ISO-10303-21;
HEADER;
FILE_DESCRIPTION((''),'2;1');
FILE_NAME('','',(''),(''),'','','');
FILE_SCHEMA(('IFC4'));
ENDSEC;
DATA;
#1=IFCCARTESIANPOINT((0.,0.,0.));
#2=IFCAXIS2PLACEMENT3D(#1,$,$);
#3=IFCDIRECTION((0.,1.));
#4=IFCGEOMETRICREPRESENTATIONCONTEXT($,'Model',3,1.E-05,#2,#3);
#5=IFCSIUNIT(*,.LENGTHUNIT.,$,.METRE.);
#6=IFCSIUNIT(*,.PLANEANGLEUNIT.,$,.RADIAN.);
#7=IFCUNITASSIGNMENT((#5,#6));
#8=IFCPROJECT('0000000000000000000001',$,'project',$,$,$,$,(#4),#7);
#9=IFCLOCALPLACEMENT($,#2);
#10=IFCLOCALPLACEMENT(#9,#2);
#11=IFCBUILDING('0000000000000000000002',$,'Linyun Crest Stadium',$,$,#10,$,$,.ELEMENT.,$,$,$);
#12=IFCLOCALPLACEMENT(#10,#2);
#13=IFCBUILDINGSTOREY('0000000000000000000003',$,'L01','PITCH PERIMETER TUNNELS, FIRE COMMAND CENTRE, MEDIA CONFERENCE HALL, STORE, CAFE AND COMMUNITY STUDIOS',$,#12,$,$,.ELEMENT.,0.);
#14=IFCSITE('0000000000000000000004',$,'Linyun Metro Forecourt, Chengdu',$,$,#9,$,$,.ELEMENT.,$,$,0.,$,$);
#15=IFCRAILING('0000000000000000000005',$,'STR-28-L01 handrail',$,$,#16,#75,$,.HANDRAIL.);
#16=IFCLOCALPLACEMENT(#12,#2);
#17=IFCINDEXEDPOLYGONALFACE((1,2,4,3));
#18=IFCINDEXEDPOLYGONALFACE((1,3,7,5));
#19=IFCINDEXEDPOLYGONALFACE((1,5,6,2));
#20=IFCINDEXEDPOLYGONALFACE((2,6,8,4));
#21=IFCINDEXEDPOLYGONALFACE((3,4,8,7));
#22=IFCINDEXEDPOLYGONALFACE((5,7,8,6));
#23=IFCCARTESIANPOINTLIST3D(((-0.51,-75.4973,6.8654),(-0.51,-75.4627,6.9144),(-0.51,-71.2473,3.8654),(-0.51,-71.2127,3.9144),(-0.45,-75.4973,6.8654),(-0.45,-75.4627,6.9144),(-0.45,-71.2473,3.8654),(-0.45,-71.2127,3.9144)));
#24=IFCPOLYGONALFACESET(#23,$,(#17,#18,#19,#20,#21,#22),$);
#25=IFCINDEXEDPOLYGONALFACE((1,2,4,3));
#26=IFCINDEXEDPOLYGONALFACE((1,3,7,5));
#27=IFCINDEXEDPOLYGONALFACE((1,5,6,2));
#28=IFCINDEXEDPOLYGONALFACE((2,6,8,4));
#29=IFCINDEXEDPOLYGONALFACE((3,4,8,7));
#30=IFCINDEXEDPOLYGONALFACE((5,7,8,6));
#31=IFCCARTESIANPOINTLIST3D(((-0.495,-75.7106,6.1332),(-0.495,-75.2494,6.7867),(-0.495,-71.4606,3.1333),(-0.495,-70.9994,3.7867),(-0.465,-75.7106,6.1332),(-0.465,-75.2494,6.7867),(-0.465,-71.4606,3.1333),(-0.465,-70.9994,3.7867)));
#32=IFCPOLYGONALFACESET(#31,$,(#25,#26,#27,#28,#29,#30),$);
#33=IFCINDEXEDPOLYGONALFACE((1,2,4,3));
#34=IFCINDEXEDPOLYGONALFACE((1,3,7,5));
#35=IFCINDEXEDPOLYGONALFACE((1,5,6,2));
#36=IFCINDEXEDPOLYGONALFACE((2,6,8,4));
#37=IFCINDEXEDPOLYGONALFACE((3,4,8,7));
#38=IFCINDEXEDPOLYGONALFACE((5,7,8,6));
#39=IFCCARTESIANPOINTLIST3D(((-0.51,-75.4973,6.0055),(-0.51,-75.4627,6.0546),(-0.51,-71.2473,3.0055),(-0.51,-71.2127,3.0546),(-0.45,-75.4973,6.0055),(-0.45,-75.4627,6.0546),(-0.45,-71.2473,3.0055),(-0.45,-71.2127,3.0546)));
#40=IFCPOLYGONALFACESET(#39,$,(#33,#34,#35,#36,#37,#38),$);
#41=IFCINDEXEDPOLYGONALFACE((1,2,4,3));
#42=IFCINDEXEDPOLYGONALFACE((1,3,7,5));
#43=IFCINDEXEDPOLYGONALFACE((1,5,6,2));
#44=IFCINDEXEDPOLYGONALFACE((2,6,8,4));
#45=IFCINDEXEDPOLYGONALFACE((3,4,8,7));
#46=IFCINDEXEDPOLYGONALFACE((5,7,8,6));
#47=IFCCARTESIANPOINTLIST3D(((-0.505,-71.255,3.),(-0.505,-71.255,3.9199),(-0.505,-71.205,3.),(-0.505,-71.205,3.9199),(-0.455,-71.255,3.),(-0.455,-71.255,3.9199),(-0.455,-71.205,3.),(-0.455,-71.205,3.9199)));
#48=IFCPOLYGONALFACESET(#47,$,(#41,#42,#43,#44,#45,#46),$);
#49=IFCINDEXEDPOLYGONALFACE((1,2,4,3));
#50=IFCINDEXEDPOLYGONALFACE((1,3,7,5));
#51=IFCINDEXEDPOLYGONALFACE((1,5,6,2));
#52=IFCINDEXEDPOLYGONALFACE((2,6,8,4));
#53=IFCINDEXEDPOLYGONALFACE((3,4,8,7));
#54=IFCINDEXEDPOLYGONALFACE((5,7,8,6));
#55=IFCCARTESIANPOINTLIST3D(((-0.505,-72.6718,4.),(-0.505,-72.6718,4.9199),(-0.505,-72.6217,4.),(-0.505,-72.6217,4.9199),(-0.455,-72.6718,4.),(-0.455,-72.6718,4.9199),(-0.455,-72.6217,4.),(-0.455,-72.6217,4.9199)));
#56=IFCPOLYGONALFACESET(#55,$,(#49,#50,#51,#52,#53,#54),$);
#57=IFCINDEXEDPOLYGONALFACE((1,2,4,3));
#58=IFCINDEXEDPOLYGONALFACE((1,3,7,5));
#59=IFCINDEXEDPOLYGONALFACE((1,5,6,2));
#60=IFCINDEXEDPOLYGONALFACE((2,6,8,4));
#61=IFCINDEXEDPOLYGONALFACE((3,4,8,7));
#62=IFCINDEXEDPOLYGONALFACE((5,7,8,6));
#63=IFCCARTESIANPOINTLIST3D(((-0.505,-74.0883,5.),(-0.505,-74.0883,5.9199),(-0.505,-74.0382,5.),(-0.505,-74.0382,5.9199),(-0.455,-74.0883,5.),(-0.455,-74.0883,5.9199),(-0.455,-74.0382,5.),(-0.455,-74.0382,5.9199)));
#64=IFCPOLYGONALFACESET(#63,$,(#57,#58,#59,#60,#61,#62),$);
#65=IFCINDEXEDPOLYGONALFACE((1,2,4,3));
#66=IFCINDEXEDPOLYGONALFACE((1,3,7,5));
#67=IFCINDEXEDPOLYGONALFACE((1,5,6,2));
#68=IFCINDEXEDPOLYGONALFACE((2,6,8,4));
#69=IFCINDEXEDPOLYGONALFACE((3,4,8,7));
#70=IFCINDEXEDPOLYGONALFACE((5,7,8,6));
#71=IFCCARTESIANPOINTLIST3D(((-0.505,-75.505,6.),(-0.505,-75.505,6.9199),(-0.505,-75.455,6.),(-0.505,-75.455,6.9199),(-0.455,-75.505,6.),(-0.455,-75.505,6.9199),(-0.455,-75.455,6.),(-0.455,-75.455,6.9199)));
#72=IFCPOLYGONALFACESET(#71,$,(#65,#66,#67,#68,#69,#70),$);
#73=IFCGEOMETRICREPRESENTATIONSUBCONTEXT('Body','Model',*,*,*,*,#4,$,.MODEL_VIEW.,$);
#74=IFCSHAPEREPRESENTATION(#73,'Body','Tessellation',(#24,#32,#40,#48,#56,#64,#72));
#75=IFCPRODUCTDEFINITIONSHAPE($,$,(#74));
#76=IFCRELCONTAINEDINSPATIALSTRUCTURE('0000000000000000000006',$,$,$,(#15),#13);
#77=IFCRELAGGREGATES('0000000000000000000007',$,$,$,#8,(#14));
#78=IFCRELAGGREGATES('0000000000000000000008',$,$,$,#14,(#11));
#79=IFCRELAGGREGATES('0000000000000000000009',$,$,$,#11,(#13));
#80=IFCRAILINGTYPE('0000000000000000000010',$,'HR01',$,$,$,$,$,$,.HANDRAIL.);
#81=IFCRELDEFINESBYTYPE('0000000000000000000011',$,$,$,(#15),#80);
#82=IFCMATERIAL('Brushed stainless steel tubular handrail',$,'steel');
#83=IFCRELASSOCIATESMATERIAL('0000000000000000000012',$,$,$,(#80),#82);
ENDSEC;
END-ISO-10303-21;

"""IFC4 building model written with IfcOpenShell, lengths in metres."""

from ifc_helpers import new_model, si_unit, direction, frame, origin, origin_2d, place, context, subcontext, project, spatial, rectangle, extrude, material, type_object, element, save


model = new_model("IFC4")

# Units and contexts
model_context = context("Model", 3, precision=1e-05, world=origin(), true_north=direction((0.0, 1.0)))
body_context = subcontext(model_context, "Body", "Model", "MODEL_VIEW")
ifc_project = project(units=[si_unit("LENGTHUNIT", "METRE"), si_unit("PLANEANGLEUNIT", "RADIAN")], contexts=[model_context])

# Site, building, storey
site_placement = place(None, origin())
site = spatial("IfcSite", under=ifc_project, at=site_placement, Name="Linyun Metro Forecourt, Chengdu", CompositionType="ELEMENT", RefElevation=0.0)
building_placement = place(site_placement, origin())
building = spatial("IfcBuilding", under=site, at=building_placement, Name="Linyun Crest Stadium", CompositionType="ELEMENT")
storey_placement = place(building_placement, origin())
storey = spatial("IfcBuildingStorey", under=building, at=storey_placement, Name="L01", Description="PITCH PERIMETER TUNNELS, FIRE COMMAND CENTRE, MEDIA CONFERENCE HALL, STORE, CAFE AND COMMUNITY STUDIOS", CompositionType="ELEMENT", Elevation=0.0)

# Railing
ifc_material_1 = material(Name="Brushed stainless steel tubular handrail", Category="steel")
railing_type_1 = type_object("IfcRailingType", Name="HR01", PredefinedType="HANDRAIL", material=ifc_material_1)
railing_1_placement = place(storey_placement, frame((-0.48, -71.23, 3.0)))
element("IfcRailing", 1, at=railing_1_placement, inside=storey, type_object=railing_type_1, Name="STR-28-L01 handrail", PredefinedType="HANDRAIL", context=body_context, shape_type="SweptSolid", body=[
    extrude(rectangle(XDim=0.0601, YDim=0.0601, at=origin_2d()), frame((0.0, 0.0, 0.8899), z_axis=(0.0, -0.816968, 0.576683), x_axis=(1.0, 0.0, 0.0)), (0.0, 0.0, 1.0), 5.2021),
    extrude(rectangle(XDim=0.03, YDim=0.7998, at=origin_2d()), frame((0.0, 0.0, 0.46), z_axis=(0.0, -0.816968, 0.576683), x_axis=(1.0, 0.0, 0.0)), (0.0, 0.0, 1.0), 5.2021),
    extrude(rectangle(XDim=0.0601, YDim=0.0601, at=origin_2d()), frame((0.0, 0.0, 0.03), z_axis=(0.0, -0.816968, 0.576683), x_axis=(1.0, 0.0, 0.0)), (0.0, 0.0, 1.0), 5.2021),
    extrude(rectangle(XDim=0.05, YDim=0.05, at=origin_2d()), origin(), (0.0, 0.0, 1.0), 0.9199),
    extrude(rectangle(XDim=0.05, YDim=0.05, at=origin_2d()), frame((0.0, -1.4167, 1.0)), (0.0, 0.0, 1.0), 0.9199),
    extrude(rectangle(XDim=0.05, YDim=0.05, at=origin_2d()), frame((0.0, -2.8333, 2.0)), (0.0, 0.0, 1.0), 0.9199),
    extrude(rectangle(XDim=0.05, YDim=0.05, at=origin_2d()), frame((0.0, -4.25, 3.0)), (0.0, 0.0, 1.0), 0.9199),
])

save(model, "model.ifc")
